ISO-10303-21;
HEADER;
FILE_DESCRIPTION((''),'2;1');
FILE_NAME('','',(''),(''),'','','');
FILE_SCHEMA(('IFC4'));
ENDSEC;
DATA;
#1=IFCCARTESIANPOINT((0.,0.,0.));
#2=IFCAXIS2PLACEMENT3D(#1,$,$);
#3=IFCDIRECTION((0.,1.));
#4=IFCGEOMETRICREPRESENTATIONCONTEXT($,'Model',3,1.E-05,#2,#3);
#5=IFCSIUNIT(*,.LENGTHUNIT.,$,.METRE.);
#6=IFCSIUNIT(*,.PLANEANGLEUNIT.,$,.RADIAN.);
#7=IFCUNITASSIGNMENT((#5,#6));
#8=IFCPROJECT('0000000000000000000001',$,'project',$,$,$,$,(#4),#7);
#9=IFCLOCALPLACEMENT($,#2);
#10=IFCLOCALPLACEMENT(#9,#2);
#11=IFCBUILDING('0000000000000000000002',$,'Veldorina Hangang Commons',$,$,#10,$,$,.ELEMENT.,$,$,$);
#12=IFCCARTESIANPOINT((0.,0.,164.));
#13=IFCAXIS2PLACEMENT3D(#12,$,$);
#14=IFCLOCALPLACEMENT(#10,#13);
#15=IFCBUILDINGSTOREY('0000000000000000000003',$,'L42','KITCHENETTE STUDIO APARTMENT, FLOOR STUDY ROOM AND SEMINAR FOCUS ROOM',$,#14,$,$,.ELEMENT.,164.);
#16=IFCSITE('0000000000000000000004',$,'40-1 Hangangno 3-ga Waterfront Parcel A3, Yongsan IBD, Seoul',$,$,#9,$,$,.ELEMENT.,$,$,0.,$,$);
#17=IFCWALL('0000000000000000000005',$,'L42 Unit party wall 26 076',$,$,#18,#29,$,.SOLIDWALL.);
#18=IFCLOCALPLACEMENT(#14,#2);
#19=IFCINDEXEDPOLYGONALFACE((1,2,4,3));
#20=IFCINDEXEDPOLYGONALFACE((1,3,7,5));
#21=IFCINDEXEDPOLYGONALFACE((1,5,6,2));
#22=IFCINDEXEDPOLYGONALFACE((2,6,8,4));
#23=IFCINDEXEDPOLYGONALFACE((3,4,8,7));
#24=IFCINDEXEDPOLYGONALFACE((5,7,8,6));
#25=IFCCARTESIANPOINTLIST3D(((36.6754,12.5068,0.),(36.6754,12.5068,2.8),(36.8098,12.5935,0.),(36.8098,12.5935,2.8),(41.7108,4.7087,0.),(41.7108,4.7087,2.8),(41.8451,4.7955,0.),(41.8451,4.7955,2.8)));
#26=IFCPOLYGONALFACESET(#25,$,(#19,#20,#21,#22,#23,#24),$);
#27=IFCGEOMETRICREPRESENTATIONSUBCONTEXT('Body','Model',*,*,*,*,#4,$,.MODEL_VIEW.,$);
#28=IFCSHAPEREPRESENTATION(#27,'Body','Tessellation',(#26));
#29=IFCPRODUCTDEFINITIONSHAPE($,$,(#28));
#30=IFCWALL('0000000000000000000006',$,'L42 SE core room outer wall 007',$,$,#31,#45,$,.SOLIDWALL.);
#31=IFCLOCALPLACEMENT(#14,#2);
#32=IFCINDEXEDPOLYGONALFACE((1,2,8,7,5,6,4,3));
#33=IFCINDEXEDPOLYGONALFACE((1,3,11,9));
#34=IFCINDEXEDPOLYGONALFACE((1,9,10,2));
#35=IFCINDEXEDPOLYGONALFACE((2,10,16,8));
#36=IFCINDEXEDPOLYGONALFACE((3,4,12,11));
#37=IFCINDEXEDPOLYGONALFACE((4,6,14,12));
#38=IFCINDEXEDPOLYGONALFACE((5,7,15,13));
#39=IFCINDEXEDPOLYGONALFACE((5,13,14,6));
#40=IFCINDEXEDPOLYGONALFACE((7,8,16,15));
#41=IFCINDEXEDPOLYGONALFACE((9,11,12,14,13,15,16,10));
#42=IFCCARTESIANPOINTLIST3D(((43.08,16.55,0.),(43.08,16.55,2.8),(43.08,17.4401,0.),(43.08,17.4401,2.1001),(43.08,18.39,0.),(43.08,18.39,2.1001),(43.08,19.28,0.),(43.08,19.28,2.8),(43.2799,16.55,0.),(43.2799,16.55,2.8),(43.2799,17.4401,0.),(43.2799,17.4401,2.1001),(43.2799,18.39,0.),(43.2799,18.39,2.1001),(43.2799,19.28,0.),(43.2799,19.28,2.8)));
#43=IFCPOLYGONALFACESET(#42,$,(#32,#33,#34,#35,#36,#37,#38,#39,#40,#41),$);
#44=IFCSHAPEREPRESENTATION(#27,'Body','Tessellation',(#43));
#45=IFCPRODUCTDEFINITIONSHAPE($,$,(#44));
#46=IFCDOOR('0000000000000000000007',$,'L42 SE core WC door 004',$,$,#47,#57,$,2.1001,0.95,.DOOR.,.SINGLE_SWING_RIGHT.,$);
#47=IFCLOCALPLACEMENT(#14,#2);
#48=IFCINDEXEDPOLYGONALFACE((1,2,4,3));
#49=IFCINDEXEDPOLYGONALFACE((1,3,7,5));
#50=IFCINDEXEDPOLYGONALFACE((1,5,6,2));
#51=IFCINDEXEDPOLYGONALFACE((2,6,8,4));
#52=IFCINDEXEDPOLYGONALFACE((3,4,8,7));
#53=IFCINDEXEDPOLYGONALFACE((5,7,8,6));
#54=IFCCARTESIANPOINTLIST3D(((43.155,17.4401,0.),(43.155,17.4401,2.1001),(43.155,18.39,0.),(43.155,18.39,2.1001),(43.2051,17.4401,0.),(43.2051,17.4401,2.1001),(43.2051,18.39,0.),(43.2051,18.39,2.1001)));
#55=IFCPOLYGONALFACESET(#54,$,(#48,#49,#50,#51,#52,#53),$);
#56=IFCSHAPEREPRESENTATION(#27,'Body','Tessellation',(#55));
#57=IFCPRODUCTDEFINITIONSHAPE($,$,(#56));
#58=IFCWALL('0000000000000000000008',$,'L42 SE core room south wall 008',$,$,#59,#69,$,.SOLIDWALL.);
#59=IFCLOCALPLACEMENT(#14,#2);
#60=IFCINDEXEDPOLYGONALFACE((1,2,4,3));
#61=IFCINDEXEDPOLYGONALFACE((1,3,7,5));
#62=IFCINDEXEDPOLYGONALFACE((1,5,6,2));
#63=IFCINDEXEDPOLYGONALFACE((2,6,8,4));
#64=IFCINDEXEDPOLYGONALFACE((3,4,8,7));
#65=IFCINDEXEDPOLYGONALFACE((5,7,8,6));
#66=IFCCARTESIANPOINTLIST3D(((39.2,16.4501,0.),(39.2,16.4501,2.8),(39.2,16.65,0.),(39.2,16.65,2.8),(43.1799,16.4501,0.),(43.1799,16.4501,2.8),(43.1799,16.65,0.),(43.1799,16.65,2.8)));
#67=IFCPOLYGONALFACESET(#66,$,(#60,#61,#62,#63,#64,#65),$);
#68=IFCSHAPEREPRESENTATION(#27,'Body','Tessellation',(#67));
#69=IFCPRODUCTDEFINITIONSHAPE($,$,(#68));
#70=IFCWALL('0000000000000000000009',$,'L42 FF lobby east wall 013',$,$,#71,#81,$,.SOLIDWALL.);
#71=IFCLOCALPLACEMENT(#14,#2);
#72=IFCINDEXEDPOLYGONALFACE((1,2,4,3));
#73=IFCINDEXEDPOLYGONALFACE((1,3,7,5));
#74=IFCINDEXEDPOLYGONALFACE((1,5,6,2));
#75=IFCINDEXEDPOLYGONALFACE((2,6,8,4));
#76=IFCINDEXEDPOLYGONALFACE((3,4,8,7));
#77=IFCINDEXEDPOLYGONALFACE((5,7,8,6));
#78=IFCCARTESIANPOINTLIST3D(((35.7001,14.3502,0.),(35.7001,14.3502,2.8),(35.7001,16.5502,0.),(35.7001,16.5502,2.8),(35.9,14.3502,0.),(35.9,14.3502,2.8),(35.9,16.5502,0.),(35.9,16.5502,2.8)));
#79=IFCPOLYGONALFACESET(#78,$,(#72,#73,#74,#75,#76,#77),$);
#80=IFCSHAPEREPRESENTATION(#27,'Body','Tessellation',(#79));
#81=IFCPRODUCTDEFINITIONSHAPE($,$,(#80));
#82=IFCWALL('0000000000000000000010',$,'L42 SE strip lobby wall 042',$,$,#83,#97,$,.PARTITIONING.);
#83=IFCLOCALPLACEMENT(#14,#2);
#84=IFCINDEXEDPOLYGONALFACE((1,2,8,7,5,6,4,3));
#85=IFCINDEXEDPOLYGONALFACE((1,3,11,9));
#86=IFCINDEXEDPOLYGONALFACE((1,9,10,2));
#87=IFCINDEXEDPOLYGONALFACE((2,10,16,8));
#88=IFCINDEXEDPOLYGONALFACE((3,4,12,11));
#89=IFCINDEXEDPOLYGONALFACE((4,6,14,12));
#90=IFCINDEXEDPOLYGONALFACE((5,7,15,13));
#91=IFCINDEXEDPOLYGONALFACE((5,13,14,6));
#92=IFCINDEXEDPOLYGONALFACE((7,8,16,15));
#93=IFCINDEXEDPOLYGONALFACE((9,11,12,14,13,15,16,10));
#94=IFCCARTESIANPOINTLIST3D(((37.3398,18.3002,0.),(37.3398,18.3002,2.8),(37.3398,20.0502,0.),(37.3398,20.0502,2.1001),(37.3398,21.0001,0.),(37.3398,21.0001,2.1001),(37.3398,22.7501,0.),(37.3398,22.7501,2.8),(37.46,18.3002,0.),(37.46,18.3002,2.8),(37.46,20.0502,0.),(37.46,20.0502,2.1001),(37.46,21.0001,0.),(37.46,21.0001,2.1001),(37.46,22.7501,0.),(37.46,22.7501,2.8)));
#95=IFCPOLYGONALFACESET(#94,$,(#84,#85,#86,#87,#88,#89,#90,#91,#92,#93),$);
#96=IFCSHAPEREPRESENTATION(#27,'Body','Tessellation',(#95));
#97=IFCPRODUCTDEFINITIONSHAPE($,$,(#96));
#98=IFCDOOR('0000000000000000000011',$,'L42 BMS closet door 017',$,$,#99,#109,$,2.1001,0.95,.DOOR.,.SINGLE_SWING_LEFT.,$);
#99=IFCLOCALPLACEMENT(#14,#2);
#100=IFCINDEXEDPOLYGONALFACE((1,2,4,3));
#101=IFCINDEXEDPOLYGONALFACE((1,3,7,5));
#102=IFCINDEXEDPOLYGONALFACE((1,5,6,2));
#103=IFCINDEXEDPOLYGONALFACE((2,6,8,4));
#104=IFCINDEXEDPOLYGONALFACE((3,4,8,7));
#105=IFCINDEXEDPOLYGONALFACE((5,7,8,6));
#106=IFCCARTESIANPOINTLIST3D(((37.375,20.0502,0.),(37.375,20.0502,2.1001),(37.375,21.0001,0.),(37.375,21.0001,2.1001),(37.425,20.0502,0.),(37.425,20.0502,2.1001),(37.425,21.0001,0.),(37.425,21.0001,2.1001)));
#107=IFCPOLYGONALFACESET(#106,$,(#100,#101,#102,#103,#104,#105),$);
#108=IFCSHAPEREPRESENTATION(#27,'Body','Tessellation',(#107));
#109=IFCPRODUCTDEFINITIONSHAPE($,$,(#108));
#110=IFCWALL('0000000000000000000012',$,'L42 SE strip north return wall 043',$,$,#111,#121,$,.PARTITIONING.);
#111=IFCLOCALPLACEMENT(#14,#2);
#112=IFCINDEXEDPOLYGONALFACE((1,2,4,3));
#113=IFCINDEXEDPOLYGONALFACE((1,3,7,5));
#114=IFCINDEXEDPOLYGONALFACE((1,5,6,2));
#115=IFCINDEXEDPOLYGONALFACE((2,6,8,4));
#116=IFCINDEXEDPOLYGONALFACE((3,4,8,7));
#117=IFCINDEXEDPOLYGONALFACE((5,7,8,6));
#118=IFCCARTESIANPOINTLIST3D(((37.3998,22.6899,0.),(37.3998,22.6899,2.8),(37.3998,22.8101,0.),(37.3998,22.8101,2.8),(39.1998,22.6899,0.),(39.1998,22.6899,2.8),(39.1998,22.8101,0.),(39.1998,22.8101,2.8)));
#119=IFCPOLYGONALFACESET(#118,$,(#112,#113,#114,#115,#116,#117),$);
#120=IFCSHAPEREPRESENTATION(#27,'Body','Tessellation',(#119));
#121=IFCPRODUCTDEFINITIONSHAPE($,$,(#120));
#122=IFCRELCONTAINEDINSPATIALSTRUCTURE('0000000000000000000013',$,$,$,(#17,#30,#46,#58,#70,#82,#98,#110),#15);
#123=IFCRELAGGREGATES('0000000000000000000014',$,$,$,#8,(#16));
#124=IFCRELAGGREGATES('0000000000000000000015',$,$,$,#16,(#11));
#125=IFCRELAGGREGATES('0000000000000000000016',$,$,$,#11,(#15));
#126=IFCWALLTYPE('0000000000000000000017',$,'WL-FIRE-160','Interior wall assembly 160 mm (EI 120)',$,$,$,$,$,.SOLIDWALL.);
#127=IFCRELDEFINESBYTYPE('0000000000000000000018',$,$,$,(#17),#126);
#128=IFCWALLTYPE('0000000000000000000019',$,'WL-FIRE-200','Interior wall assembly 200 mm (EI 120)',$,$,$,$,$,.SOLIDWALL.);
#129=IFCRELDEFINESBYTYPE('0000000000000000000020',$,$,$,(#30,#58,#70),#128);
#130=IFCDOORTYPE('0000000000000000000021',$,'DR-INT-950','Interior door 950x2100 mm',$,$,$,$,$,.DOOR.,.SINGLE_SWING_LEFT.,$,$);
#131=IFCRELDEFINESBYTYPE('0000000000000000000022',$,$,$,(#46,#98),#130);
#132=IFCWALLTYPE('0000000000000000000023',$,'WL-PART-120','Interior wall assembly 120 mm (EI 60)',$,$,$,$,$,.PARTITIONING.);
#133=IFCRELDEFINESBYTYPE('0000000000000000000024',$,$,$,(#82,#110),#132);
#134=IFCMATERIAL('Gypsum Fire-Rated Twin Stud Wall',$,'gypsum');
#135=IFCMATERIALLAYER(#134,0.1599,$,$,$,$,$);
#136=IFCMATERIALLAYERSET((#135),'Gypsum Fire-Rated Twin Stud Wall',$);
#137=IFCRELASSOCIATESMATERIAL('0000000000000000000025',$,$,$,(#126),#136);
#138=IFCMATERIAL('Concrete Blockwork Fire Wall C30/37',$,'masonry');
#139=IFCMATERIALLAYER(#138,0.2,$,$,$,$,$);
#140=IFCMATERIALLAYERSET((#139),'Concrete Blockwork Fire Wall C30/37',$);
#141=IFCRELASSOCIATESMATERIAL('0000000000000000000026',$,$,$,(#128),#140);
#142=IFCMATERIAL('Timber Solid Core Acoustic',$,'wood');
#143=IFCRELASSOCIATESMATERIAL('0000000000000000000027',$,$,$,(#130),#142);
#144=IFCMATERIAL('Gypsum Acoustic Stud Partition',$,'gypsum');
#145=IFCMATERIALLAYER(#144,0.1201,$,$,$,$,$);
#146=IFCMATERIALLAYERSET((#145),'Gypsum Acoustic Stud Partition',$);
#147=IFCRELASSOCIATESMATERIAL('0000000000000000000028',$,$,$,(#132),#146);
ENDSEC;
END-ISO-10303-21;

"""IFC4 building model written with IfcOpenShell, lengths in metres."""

from ifc_helpers import new_model, si_unit, direction, frame, frame_2d, origin, place, context, subcontext, project, spatial, rectangle, extrude, material, layer, layer_set, type_object, element, fill, save


model = new_model("IFC4")

# Units and contexts
model_context = context("Model", 3, precision=1e-05, world=origin(), true_north=direction((0.0, 1.0)))
body_context = subcontext(model_context, "Body", "Model", "MODEL_VIEW")
ifc_project = project(units=[si_unit("LENGTHUNIT", "METRE"), si_unit("PLANEANGLEUNIT", "RADIAN")], contexts=[model_context])

# Site, building, storey
site_placement = place(None, origin())
site = spatial("IfcSite", under=ifc_project, at=site_placement, Name="40-1 Hangangno 3-ga Waterfront Parcel A3, Yongsan IBD, Seoul", CompositionType="ELEMENT", RefElevation=0.0)
building_placement = place(site_placement, origin())
building = spatial("IfcBuilding", under=site, at=building_placement, Name="Veldorina Hangang Commons", CompositionType="ELEMENT")
storey_placement = place(building_placement, frame((0.0, 0.0, 164.0)))
storey = spatial("IfcBuildingStorey", under=building, at=storey_placement, Name="L42", Description="KITCHENETTE STUDIO APARTMENT, FLOOR STUDY ROOM AND SEMINAR FOCUS ROOM", CompositionType="ELEMENT", Elevation=164.0)

# Shared definitions
ifc_material_1 = material(Name="Gypsum Fire-Rated Twin Stud Wall", Category="gypsum")
ifc_layer_1 = layer(ifc_material_1, 0.1599)
ifc_layer_set_1 = layer_set([ifc_layer_1], Name="Gypsum Fire-Rated Twin Stud Wall")
wall_type_1 = type_object("IfcWallType", Name="WL-FIRE-160", Description="Interior wall assembly 160 mm (EI 120)", PredefinedType="SOLIDWALL", material=ifc_layer_set_1)

# Shared definitions
ifc_material_2 = material(Name="Timber Solid Core Acoustic", Category="wood")

# Wall
wall_1_placement = place(storey_placement, frame((36.7427, 12.55, 0.0), z_axis=(0.0, 0.0, 1.0), x_axis=(0.542459, -0.840082, 0.0)))
element("IfcWall", 1, at=wall_1_placement, inside=storey, type_object=wall_type_1, Name="L42 Unit party wall 26 076", PredefinedType="SOLIDWALL", context=body_context, shape_type="SweptSolid", body=[
    extrude(rectangle(XDim=9.2825, YDim=0.1599, at=frame_2d((4.6411, 0.0))), origin(), (0.0, 0.0, 1.0), 2.8),
])

# Wall, opening, door
ifc_material_3 = material(Name="Concrete Blockwork Fire Wall C30/37", Category="masonry")
ifc_layer_2 = layer(ifc_material_3, 0.2)
ifc_layer_set_2 = layer_set([ifc_layer_2], Name="Concrete Blockwork Fire Wall C30/37")
wall_type_2 = type_object("IfcWallType", Name="WL-FIRE-200", Description="Interior wall assembly 200 mm (EI 120)", PredefinedType="SOLIDWALL", material=ifc_layer_set_2)
wall_2_placement = place(storey_placement, frame((43.1799, 16.55, 0.0), z_axis=(0.0, 0.0, 1.0), x_axis=(0.0, 1.0, 0.0)))
wall_2 = element("IfcWall", 2, at=wall_2_placement, inside=storey, type_object=wall_type_2, Name="L42 SE core room outer wall 007", PredefinedType="SOLIDWALL", context=body_context, shape_type="SweptSolid", body=[
    extrude(rectangle(XDim=2.73, YDim=0.2, at=frame_2d((1.365, 0.0))), origin(), (0.0, 0.0, 1.0), 2.8),
])
opening_1_placement = place(wall_2_placement, frame((0.8899, 0.0, 0.0)))
opening_1 = element("IfcOpeningElement", 3, at=opening_1_placement, cuts=wall_2, PredefinedType="OPENING", context=body_context, shape_type="SweptSolid", body=[
    extrude(rectangle(XDim=0.95, YDim=2.1001, at=frame_2d((0.4751, 1.05))), frame((0.0, 0.1099, 0.0), z_axis=(0.0, -1.0, 0.0), x_axis=(1.0, 0.0, 0.0)), (0.0, 0.0, 1.0), 0.22),
])
door_type_1 = type_object("IfcDoorType", Name="DR-INT-950", Description="Interior door 950x2100 mm", OperationType="SINGLE_SWING_LEFT", PredefinedType="DOOR", material=ifc_material_2)
door_1_placement = place(opening_1_placement, origin())
door_1 = element("IfcDoor", 4, at=door_1_placement, inside=storey, type_object=door_type_1, Name="L42 SE core WC door 004", OperationType="SINGLE_SWING_RIGHT", OverallHeight=2.1001, OverallWidth=0.95, PredefinedType="DOOR", context=body_context, shape_type="SweptSolid", body=[
    extrude(rectangle(XDim=0.95, YDim=2.1001, at=frame_2d((0.4751, 1.05))), frame((0.0, 0.0249, 0.0), z_axis=(0.0, -1.0, 0.0), x_axis=(1.0, 0.0, 0.0)), (0.0, 0.0, 1.0), 0.05),
])
fill(opening_1, door_1)

# Walls
wall_3_placement = place(storey_placement, frame((39.2, 16.55, 0.0), z_axis=(0.0, 0.0, 1.0), x_axis=(1.0, 0.0, 0.0)))
element("IfcWall", 5, at=wall_3_placement, inside=storey, type_object=wall_type_2, Name="L42 SE core room south wall 008", PredefinedType="SOLIDWALL", context=body_context, shape_type="SweptSolid", body=[
    extrude(rectangle(XDim=3.98, YDim=0.2, at=frame_2d((1.99, 0.0))), origin(), (0.0, 0.0, 1.0), 2.8),
])
wall_4_placement = place(storey_placement, frame((35.8, 14.3501, 0.0), z_axis=(0.0, 0.0, 1.0), x_axis=(0.0, 1.0, 0.0)))
element("IfcWall", 6, at=wall_4_placement, inside=storey, type_object=wall_type_2, Name="L42 FF lobby east wall 013", PredefinedType="SOLIDWALL", context=body_context, shape_type="SweptSolid", body=[
    extrude(rectangle(XDim=2.2, YDim=0.2, at=frame_2d((1.1001, 0.0))), origin(), (0.0, 0.0, 1.0), 2.8),
])

# Wall, opening, door
ifc_material_4 = material(Name="Gypsum Acoustic Stud Partition", Category="gypsum")
ifc_layer_3 = layer(ifc_material_4, 0.1201)
ifc_layer_set_3 = layer_set([ifc_layer_3], Name="Gypsum Acoustic Stud Partition")
wall_type_3 = type_object("IfcWallType", Name="WL-PART-120", Description="Interior wall assembly 120 mm (EI 60)", PredefinedType="PARTITIONING", material=ifc_layer_set_3)
wall_5_placement = place(storey_placement, frame((37.3999, 18.3, 0.0), z_axis=(0.0, 0.0, 1.0), x_axis=(0.0, 1.0, 0.0)))
wall_5 = element("IfcWall", 7, at=wall_5_placement, inside=storey, type_object=wall_type_3, Name="L42 SE strip lobby wall 042", PredefinedType="PARTITIONING", context=body_context, shape_type="SweptSolid", body=[
    extrude(rectangle(XDim=4.45, YDim=0.1201, at=frame_2d((2.2251, 0.0))), origin(), (0.0, 0.0, 1.0), 2.8),
])
opening_2_placement = place(wall_5_placement, frame((1.75, 0.0, 0.0)))
opening_2 = element("IfcOpeningElement", 8, at=opening_2_placement, cuts=wall_5, PredefinedType="OPENING", context=body_context, shape_type="SweptSolid", body=[
    extrude(rectangle(XDim=0.95, YDim=2.1001, at=frame_2d((0.4751, 1.05))), frame((0.0, 0.0701, 0.0), z_axis=(0.0, -1.0, 0.0), x_axis=(1.0, 0.0, 0.0)), (0.0, 0.0, 1.0), 0.1401),
])
door_2_placement = place(opening_2_placement, origin())
door_2 = element("IfcDoor", 9, at=door_2_placement, inside=storey, type_object=door_type_1, Name="L42 BMS closet door 017", OperationType="SINGLE_SWING_LEFT", OverallHeight=2.1001, OverallWidth=0.95, PredefinedType="DOOR", context=body_context, shape_type="SweptSolid", body=[
    extrude(rectangle(XDim=0.95, YDim=2.1001, at=frame_2d((0.4751, 1.05))), frame((0.0, 0.0249, 0.0), z_axis=(0.0, -1.0, 0.0), x_axis=(1.0, 0.0, 0.0)), (0.0, 0.0, 1.0), 0.05),
])
fill(opening_2, door_2)

# Wall
wall_6_placement = place(storey_placement, frame((37.3999, 22.75, 0.0), z_axis=(0.0, 0.0, 1.0), x_axis=(1.0, 0.0, 0.0)))
element("IfcWall", 10, at=wall_6_placement, inside=storey, type_object=wall_type_3, Name="L42 SE strip north return wall 043", PredefinedType="PARTITIONING", context=body_context, shape_type="SweptSolid", body=[
    extrude(rectangle(XDim=1.8, YDim=0.1201, at=frame_2d((0.8999, 0.0))), origin(), (0.0, 0.0, 1.0), 2.8),
])

save(model, "model.ifc")
